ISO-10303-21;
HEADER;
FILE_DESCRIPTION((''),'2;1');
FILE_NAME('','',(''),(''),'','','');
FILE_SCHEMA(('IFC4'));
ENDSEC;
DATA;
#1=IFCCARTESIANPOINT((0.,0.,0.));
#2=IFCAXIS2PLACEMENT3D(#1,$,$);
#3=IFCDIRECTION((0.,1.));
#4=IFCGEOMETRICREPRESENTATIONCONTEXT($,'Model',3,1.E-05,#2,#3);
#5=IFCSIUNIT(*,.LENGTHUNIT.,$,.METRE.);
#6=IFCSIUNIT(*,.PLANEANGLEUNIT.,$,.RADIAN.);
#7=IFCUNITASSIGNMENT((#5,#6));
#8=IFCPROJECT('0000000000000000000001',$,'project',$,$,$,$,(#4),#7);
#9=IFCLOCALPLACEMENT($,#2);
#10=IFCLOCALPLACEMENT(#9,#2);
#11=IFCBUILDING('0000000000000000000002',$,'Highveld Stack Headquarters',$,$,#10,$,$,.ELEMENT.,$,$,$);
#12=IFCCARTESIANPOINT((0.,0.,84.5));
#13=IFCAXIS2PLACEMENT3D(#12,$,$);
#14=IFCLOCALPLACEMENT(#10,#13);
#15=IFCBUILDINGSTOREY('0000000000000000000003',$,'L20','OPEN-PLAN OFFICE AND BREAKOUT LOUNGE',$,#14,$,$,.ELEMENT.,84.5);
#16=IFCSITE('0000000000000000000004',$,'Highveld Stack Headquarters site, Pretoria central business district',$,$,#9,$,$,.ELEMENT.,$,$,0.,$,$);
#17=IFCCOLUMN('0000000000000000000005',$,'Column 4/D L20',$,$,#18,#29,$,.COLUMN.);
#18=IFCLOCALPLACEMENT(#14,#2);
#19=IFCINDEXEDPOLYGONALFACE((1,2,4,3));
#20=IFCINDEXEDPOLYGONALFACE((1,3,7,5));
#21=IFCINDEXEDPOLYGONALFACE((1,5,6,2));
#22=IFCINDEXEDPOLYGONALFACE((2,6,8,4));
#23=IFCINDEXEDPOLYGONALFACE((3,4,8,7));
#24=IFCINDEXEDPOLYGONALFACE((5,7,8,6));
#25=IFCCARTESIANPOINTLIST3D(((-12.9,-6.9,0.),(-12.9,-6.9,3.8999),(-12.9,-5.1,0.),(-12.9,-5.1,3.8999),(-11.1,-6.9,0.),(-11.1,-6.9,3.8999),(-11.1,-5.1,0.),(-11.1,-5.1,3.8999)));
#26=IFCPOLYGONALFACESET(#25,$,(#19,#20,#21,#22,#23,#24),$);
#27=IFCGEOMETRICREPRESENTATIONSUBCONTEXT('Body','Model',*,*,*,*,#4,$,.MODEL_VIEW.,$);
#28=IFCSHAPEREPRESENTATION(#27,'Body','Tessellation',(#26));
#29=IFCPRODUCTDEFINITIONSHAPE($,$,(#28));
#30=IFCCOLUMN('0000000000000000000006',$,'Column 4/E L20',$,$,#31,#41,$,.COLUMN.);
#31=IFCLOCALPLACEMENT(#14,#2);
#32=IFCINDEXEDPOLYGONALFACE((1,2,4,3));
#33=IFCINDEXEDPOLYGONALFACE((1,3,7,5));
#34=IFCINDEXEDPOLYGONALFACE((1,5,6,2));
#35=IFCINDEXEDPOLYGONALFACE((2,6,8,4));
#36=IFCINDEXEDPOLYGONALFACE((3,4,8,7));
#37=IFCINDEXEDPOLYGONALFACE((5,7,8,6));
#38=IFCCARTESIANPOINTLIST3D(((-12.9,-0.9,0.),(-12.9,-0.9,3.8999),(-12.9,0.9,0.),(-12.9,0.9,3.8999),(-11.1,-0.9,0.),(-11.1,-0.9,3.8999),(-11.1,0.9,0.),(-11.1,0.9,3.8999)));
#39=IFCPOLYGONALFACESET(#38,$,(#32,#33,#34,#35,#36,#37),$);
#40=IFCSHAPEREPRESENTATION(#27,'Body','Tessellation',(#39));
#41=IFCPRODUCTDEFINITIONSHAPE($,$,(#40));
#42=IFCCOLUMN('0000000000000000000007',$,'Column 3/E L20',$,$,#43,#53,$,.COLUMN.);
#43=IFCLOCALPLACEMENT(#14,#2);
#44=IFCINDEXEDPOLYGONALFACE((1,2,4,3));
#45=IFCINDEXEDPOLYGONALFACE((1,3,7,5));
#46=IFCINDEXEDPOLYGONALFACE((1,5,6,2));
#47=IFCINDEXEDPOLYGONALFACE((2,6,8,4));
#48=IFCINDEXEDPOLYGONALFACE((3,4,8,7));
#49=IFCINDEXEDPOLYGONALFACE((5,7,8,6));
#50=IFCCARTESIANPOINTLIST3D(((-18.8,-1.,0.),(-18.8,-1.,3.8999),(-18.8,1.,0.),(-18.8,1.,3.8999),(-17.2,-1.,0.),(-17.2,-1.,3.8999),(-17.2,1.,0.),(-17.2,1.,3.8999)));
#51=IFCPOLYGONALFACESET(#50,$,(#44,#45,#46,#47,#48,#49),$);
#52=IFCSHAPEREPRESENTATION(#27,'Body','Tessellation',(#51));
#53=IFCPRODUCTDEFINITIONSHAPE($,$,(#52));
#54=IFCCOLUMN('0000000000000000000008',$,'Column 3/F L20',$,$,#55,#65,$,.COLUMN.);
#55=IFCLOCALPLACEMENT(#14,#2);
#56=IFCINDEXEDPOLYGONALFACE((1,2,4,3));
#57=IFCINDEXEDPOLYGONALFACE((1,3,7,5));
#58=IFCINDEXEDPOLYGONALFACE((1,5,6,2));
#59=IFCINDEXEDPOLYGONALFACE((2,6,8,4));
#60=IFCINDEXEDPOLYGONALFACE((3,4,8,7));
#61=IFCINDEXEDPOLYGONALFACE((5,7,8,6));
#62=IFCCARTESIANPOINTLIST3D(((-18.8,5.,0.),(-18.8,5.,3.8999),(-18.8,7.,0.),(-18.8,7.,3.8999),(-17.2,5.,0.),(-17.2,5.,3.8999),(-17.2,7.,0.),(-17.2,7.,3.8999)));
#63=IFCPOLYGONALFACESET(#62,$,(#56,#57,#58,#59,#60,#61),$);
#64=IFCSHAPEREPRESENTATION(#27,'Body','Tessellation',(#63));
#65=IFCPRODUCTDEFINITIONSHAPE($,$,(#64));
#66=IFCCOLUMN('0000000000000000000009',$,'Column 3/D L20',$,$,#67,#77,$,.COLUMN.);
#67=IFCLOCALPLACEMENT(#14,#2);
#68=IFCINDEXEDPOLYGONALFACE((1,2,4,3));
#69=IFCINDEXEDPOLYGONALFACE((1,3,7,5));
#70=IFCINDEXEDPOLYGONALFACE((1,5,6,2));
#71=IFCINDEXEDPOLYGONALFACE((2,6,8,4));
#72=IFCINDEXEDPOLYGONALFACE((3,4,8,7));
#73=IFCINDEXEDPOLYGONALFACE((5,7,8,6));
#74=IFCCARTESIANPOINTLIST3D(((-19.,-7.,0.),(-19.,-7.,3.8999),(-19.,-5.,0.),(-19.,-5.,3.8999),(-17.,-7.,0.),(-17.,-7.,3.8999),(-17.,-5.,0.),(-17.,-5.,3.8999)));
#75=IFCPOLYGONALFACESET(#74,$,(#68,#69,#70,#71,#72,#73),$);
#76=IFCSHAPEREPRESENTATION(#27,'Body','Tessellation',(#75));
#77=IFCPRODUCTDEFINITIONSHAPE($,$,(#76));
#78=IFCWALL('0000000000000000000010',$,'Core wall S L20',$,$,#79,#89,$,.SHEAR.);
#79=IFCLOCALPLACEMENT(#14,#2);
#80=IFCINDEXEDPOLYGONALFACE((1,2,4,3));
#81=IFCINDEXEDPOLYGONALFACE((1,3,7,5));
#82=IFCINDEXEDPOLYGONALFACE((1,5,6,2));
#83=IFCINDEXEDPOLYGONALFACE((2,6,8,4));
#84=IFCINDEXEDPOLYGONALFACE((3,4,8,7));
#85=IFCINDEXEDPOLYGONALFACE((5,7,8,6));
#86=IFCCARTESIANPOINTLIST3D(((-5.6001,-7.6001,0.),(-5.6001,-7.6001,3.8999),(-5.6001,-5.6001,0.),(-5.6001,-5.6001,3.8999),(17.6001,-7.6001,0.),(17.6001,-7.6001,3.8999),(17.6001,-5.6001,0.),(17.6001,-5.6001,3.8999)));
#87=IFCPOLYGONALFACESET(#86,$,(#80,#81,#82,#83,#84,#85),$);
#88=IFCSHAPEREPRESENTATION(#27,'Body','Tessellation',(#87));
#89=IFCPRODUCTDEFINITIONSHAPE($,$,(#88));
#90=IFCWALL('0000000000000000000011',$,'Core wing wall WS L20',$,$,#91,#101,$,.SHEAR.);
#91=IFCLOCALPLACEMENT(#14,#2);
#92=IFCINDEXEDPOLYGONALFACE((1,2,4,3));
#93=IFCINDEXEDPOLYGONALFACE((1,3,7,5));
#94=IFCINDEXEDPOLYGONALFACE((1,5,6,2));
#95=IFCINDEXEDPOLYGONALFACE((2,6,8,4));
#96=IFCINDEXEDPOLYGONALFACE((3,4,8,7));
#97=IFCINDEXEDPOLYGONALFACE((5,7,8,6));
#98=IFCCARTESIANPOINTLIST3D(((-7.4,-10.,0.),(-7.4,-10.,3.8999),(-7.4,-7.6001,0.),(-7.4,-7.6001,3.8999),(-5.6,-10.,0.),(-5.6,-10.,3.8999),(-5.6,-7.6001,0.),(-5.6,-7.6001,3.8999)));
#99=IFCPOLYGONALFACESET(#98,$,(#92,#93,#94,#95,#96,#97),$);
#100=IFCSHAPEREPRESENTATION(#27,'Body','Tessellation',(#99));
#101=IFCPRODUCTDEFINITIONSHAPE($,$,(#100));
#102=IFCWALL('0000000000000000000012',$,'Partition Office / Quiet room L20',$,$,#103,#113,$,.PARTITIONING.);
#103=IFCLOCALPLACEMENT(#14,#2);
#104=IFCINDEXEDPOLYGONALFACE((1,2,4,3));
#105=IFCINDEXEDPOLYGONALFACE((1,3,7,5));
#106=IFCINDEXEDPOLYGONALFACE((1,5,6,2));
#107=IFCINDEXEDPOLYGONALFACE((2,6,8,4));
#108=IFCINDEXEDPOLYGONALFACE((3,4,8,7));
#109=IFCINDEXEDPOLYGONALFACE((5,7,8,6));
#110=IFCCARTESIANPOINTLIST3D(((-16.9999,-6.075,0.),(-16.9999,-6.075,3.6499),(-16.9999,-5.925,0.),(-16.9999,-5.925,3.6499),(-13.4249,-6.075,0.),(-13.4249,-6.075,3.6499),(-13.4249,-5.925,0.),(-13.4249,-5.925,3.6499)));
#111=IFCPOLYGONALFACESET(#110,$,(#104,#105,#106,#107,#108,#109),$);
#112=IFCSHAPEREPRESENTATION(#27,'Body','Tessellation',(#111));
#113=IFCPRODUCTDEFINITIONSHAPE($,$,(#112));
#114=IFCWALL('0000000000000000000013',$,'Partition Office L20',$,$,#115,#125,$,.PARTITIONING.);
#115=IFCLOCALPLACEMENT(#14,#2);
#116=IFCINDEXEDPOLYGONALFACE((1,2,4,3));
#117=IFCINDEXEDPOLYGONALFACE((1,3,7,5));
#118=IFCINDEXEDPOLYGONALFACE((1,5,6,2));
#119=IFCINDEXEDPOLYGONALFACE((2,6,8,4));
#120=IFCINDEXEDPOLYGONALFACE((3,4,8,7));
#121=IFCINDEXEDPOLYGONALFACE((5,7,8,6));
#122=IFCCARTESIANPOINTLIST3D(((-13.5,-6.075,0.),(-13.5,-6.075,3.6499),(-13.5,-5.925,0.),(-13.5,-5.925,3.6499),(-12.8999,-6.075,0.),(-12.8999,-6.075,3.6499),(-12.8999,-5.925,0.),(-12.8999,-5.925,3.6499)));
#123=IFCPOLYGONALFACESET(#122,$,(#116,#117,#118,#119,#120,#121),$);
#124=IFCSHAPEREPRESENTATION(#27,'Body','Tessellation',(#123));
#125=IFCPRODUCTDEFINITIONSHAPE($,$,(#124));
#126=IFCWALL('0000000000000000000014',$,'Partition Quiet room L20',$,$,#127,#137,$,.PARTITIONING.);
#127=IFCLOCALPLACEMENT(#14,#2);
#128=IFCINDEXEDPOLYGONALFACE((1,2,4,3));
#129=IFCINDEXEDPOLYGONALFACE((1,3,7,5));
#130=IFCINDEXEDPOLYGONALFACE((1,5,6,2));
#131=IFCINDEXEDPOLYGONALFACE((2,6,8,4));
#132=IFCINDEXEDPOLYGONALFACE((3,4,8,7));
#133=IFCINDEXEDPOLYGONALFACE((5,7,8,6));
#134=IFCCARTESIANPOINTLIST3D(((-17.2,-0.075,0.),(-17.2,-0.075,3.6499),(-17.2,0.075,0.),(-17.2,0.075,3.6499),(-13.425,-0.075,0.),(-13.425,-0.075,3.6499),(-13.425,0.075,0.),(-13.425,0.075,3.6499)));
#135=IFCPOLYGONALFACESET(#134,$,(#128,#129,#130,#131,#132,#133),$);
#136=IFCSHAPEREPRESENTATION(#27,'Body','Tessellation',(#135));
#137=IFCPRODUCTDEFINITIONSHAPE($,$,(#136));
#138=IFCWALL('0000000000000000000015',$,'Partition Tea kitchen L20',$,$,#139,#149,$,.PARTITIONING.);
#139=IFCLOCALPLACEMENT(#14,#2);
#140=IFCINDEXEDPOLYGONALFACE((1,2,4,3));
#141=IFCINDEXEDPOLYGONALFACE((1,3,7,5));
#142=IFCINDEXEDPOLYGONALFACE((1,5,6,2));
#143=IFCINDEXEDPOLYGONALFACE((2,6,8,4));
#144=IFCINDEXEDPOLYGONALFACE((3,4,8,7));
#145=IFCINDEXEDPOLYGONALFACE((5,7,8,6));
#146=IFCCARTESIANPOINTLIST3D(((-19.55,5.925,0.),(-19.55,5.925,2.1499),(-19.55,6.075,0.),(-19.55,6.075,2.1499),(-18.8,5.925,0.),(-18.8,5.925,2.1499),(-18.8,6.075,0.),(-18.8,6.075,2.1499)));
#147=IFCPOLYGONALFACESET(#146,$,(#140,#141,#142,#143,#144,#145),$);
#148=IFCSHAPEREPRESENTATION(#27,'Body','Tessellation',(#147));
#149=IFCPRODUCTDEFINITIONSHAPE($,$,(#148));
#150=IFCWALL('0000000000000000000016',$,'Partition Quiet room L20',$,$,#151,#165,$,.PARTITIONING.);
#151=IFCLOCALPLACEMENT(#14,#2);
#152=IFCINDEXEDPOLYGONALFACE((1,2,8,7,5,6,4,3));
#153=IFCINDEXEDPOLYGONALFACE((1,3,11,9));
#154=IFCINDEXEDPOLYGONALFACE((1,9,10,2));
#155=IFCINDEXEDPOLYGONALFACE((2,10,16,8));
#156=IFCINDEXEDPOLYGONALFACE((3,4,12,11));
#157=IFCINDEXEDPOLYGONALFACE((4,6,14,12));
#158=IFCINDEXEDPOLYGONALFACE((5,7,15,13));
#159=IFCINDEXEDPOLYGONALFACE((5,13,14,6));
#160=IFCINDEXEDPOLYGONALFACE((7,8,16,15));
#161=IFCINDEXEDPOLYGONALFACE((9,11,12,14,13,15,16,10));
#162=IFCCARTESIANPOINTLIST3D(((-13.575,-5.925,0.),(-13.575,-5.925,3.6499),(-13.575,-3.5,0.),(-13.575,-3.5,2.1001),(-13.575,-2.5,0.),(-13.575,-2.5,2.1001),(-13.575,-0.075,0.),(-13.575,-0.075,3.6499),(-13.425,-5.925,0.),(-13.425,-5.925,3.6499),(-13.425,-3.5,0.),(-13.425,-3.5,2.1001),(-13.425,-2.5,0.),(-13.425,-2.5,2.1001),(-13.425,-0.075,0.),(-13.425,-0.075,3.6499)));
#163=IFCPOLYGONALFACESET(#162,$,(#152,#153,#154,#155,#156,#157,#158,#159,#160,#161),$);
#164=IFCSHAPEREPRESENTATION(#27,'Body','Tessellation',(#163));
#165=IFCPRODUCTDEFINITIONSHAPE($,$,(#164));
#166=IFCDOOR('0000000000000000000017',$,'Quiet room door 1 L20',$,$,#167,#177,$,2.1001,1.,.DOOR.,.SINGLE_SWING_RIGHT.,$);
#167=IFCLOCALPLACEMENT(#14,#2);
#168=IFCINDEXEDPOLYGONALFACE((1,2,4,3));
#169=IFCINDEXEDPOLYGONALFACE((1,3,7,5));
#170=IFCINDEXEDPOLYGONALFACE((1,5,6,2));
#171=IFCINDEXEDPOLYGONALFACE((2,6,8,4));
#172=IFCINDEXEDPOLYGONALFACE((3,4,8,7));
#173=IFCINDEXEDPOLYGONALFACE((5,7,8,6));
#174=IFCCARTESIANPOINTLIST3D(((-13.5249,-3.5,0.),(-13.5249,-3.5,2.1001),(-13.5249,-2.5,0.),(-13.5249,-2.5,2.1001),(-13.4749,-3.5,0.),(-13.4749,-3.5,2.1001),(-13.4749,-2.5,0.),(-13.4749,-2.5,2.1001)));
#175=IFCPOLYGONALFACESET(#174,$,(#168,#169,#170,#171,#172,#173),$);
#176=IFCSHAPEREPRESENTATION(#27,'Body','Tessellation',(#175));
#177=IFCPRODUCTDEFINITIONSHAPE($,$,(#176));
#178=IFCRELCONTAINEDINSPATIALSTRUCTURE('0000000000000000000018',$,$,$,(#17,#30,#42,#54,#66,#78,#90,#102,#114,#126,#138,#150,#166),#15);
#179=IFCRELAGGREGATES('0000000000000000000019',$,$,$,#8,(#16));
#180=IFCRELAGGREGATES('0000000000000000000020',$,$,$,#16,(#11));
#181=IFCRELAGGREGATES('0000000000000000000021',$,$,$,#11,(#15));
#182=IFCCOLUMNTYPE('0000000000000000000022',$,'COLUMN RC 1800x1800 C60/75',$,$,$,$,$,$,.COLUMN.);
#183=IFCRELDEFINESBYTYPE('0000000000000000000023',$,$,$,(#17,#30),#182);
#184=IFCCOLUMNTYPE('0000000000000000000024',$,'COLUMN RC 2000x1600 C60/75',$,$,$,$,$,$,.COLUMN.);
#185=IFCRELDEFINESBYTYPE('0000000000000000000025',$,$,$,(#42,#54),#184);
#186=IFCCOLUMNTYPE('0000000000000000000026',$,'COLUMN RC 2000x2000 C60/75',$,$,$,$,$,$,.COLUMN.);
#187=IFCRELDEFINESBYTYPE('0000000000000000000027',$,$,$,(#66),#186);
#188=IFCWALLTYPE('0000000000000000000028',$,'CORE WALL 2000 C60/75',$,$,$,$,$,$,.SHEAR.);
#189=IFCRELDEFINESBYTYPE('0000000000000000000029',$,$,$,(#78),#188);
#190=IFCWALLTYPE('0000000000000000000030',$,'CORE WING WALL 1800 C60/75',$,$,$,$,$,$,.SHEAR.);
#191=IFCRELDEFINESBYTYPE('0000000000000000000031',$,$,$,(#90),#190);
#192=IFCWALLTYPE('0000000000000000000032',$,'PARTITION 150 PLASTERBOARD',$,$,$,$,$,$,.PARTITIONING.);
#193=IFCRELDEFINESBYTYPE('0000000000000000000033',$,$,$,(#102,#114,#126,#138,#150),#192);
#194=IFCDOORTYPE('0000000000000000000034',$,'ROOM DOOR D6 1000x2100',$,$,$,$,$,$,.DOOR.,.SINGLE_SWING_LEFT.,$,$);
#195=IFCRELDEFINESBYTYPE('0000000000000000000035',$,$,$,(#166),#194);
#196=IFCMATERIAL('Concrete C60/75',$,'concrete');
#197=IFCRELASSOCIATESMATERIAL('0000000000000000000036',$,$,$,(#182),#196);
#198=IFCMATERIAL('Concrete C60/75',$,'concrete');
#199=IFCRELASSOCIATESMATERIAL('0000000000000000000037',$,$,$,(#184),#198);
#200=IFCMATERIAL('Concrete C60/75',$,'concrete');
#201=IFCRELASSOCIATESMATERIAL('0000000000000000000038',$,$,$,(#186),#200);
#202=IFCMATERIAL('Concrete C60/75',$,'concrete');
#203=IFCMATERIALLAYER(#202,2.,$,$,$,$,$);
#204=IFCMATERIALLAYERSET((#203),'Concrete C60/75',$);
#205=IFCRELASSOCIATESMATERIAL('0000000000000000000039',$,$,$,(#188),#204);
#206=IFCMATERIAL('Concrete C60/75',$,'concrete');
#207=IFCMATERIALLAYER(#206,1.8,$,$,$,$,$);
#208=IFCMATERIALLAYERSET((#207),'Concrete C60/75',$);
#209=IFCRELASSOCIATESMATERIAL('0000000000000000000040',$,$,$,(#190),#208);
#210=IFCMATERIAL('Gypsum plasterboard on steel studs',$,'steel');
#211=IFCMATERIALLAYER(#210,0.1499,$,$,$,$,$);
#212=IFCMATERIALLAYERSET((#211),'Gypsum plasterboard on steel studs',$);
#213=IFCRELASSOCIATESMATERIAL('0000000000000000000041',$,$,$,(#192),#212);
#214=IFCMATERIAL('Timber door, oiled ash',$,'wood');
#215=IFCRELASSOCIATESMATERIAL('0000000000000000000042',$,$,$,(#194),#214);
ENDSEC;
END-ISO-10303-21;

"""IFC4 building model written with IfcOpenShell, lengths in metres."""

from ifc_helpers import new_model, si_unit, direction, frame, frame_2d, origin, origin_2d, place, context, subcontext, project, spatial, rectangle, extrude, material, layer, layer_set, material_profile, profile_set, type_object, element, fill, save


model = new_model("IFC4")

# Units and contexts
model_context = context("Model", 3, precision=1e-05, world=origin(), true_north=direction((0.0, 1.0)))
body_context = subcontext(model_context, "Body", "Model", "MODEL_VIEW")
ifc_project = project(units=[si_unit("LENGTHUNIT", "METRE"), si_unit("PLANEANGLEUNIT", "RADIAN")], contexts=[model_context])

# Site, building, storey
site_placement = place(None, origin())
site = spatial("IfcSite", under=ifc_project, at=site_placement, Name="Highveld Stack Headquarters site, Pretoria central business district", CompositionType="ELEMENT", RefElevation=0.0)
building_placement = place(site_placement, origin())
building = spatial("IfcBuilding", under=site, at=building_placement, Name="Highveld Stack Headquarters", CompositionType="ELEMENT")
storey_placement = place(building_placement, frame((0.0, 0.0, 84.5)))
storey = spatial("IfcBuildingStorey", under=building, at=storey_placement, Name="L20", Description="OPEN-PLAN OFFICE AND BREAKOUT LOUNGE", CompositionType="ELEMENT", Elevation=84.5)

# Columns
ifc_material_1 = material(Name="Concrete C60/75", Category="concrete")
ifc_material_profile_1 = material_profile(ifc_material_1, rectangle(XDim=1.8, YDim=1.8, at=origin_2d()), Name="RC 1800x1800")
ifc_profile_set_1 = profile_set([ifc_material_profile_1], Name="Concrete C60/75")
column_type_1 = type_object("IfcColumnType", Name="COLUMN RC 1800x1800 C60/75", PredefinedType="COLUMN", material=ifc_profile_set_1)
for number, where, z_axis, x_axis, name in (
    (1, (-12.0, -6.0, 0.0), (0.0, 0.0, 1.0), (1.0, 0.0, 0.0), "Column 4/D L20"),
    (2, (-12.0, 0.0, 0.0), (0.0, 0.0, 1.0), (1.0, 0.0, 0.0), "Column 4/E L20"),
):
    element("IfcColumn", number, at=place(storey_placement, frame(where, z_axis=z_axis, x_axis=x_axis)), inside=storey, type_object=column_type_1, Name=name, PredefinedType="COLUMN", context=body_context, shape_type="SweptSolid", body=[
        extrude(rectangle(XDim=1.8, YDim=1.8, at=origin_2d()), origin(), (0.0, 0.0, 1.0), 3.8999),
    ])
ifc_material_2 = material(Name="Concrete C60/75", Category="concrete")
ifc_material_profile_2 = material_profile(ifc_material_2, rectangle(XDim=2.0, YDim=1.6001, at=origin_2d()), Name="RC 2000x1600")
ifc_profile_set_2 = profile_set([ifc_material_profile_2], Name="Concrete C60/75")
column_type_2 = type_object("IfcColumnType", Name="COLUMN RC 2000x1600 C60/75", PredefinedType="COLUMN", material=ifc_profile_set_2)
for number, where, z_axis, x_axis, name in (
    (3, (-18.0, 0.0, 0.0), (0.0, 0.0, 1.0), (0.0, 1.0, 0.0), "Column 3/E L20"),
    (4, (-18.0, 6.0, 0.0), (0.0, 0.0, 1.0), (0.0, 1.0, 0.0), "Column 3/F L20"),
):
    element("IfcColumn", number, at=place(storey_placement, frame(where, z_axis=z_axis, x_axis=x_axis)), inside=storey, type_object=column_type_2, Name=name, PredefinedType="COLUMN", context=body_context, shape_type="SweptSolid", body=[
        extrude(rectangle(XDim=2.0, YDim=1.6001, at=origin_2d()), origin(), (0.0, 0.0, 1.0), 3.8999),
    ])
ifc_material_3 = material(Name="Concrete C60/75", Category="concrete")
ifc_material_profile_3 = material_profile(ifc_material_3, rectangle(XDim=2.0, YDim=2.0, at=origin_2d()), Name="RC 2000x2000")
ifc_profile_set_3 = profile_set([ifc_material_profile_3], Name="Concrete C60/75")
column_type_3 = type_object("IfcColumnType", Name="COLUMN RC 2000x2000 C60/75", PredefinedType="COLUMN", material=ifc_profile_set_3)
column_placement = place(storey_placement, frame((-18.0, -6.0, 0.0), z_axis=(0.0, 0.0, 1.0), x_axis=(1.0, 0.0, 0.0)))
element("IfcColumn", 5, at=column_placement, inside=storey, type_object=column_type_3, Name="Column 3/D L20", PredefinedType="COLUMN", context=body_context, shape_type="SweptSolid", body=[
    extrude(rectangle(XDim=2.0, YDim=2.0, at=origin_2d()), origin(), (0.0, 0.0, 1.0), 3.8999),
])

# Walls
ifc_material_4 = material(Name="Concrete C60/75", Category="concrete")
ifc_layer_1 = layer(ifc_material_4, 2.0)
ifc_layer_set_1 = layer_set([ifc_layer_1], Name="Concrete C60/75")
wall_type_1 = type_object("IfcWallType", Name="CORE WALL 2000 C60/75", PredefinedType="SHEAR", material=ifc_layer_set_1)
wall_1_placement = place(storey_placement, frame((-5.6001, -6.6001, 0.0), z_axis=(0.0, 0.0, 1.0), x_axis=(1.0, 0.0, 0.0)))
element("IfcWall", 6, at=wall_1_placement, inside=storey, type_object=wall_type_1, Name="Core wall S L20", PredefinedType="SHEAR", context=body_context, shape_type="SweptSolid", body=[
    extrude(rectangle(XDim=23.2002, YDim=2.0, at=frame_2d((11.6001, 0.0))), origin(), (0.0, 0.0, 1.0), 3.8999),
])
ifc_material_5 = material(Name="Concrete C60/75", Category="concrete")
ifc_layer_2 = layer(ifc_material_5, 1.8)
ifc_layer_set_2 = layer_set([ifc_layer_2], Name="Concrete C60/75")
wall_type_2 = type_object("IfcWallType", Name="CORE WING WALL 1800 C60/75", PredefinedType="SHEAR", material=ifc_layer_set_2)
wall_2_placement = place(storey_placement, frame((-6.5, -10.0, 0.0), z_axis=(0.0, 0.0, 1.0), x_axis=(0.0, 1.0, 0.0)))
element("IfcWall", 7, at=wall_2_placement, inside=storey, type_object=wall_type_2, Name="Core wing wall WS L20", PredefinedType="SHEAR", context=body_context, shape_type="SweptSolid", body=[
    extrude(rectangle(XDim=2.3999, YDim=1.8, at=frame_2d((1.2, 0.0))), origin(), (0.0, 0.0, 1.0), 3.8999),
])
ifc_material_6 = material(Name="Gypsum plasterboard on steel studs", Category="steel")
ifc_layer_3 = layer(ifc_material_6, 0.1499)
ifc_layer_set_3 = layer_set([ifc_layer_3], Name="Gypsum plasterboard on steel studs")
wall_type_3 = type_object("IfcWallType", Name="PARTITION 150 PLASTERBOARD", PredefinedType="PARTITIONING", material=ifc_layer_set_3)
wall_3_placement = place(storey_placement, frame((-17.0, -6.0, 0.0), z_axis=(0.0, 0.0, 1.0), x_axis=(1.0, 0.0, 0.0)))
element("IfcWall", 8, at=wall_3_placement, inside=storey, type_object=wall_type_3, Name="Partition Office / Quiet room L20", PredefinedType="PARTITIONING", context=body_context, shape_type="SweptSolid", body=[
    extrude(rectangle(XDim=3.575, YDim=0.1499, at=frame_2d((1.7876, 0.0))), origin(), (0.0, 0.0, 1.0), 3.6499),
])
wall_4_placement = place(storey_placement, frame((-13.5, -6.0, 0.0), z_axis=(0.0, 0.0, 1.0), x_axis=(1.0, 0.0, 0.0)))
element("IfcWall", 9, at=wall_4_placement, inside=storey, type_object=wall_type_3, Name="Partition Office L20", PredefinedType="PARTITIONING", context=body_context, shape_type="SweptSolid", body=[
    extrude(rectangle(XDim=0.6001, YDim=0.1499, at=frame_2d((0.3, 0.0))), origin(), (0.0, 0.0, 1.0), 3.6499),
])
wall_5_placement = place(storey_placement, frame((-17.2, 0.0, 0.0), z_axis=(0.0, 0.0, 1.0), x_axis=(1.0, 0.0, 0.0)))
element("IfcWall", 10, at=wall_5_placement, inside=storey, type_object=wall_type_3, Name="Partition Quiet room L20", PredefinedType="PARTITIONING", context=body_context, shape_type="SweptSolid", body=[
    extrude(rectangle(XDim=3.7749, YDim=0.1499, at=frame_2d((1.8875, 0.0))), origin(), (0.0, 0.0, 1.0), 3.6499),
])
wall_6_placement = place(storey_placement, frame((-19.55, 6.0, 0.0), z_axis=(0.0, 0.0, 1.0), x_axis=(1.0, 0.0, 0.0)))
element("IfcWall", 11, at=wall_6_placement, inside=storey, type_object=wall_type_3, Name="Partition Tea kitchen L20", PredefinedType="PARTITIONING", context=body_context, shape_type="SweptSolid", body=[
    extrude(rectangle(XDim=0.75, YDim=0.1499, at=frame_2d((0.375, 0.0))), origin(), (0.0, 0.0, 1.0), 2.1499),
])

# Wall, opening, door
wall_7_placement = place(storey_placement, frame((-13.5, -5.925, 0.0), z_axis=(0.0, 0.0, 1.0), x_axis=(0.0, 1.0, 0.0)))
wall_7 = element("IfcWall", 12, at=wall_7_placement, inside=storey, type_object=wall_type_3, Name="Partition Quiet room L20", PredefinedType="PARTITIONING", context=body_context, shape_type="SweptSolid", body=[
    extrude(rectangle(XDim=5.8501, YDim=0.1499, at=frame_2d((2.925, 0.0))), origin(), (0.0, 0.0, 1.0), 3.6499),
])
opening_1_placement = place(wall_7_placement, frame((2.425, 0.0, 0.0)))
opening_1 = element("IfcOpeningElement", 13, at=opening_1_placement, cuts=wall_7, PredefinedType="OPENING", context=body_context, shape_type="SweptSolid", body=[
    extrude(rectangle(XDim=1.0, YDim=2.1001, at=frame_2d((0.5, 1.05))), frame((0.0, 0.085, 0.0), z_axis=(0.0, -1.0, 0.0), x_axis=(1.0, 0.0, 0.0)), (0.0, 0.0, 1.0), 0.1699),
])
ifc_material_7 = material(Name="Timber door, oiled ash", Category="wood")
door_type_1 = type_object("IfcDoorType", Name="ROOM DOOR D6 1000x2100", OperationType="SINGLE_SWING_LEFT", PredefinedType="DOOR", material=ifc_material_7)
door_1_placement = place(opening_1_placement, origin())
door_1 = element("IfcDoor", 14, at=door_1_placement, inside=storey, type_object=door_type_1, Name="Quiet room door 1 L20", OperationType="SINGLE_SWING_RIGHT", OverallHeight=2.1001, OverallWidth=1.0, PredefinedType="DOOR", context=body_context, shape_type="SweptSolid", body=[
    extrude(rectangle(XDim=1.0, YDim=2.1001, at=frame_2d((0.5, 1.05))), frame((0.0, 0.0249, 0.0), z_axis=(0.0, -1.0, 0.0), x_axis=(1.0, 0.0, 0.0)), (0.0, 0.0, 1.0), 0.05),
])
fill(opening_1, door_1)

save(model, "model.ifc")
